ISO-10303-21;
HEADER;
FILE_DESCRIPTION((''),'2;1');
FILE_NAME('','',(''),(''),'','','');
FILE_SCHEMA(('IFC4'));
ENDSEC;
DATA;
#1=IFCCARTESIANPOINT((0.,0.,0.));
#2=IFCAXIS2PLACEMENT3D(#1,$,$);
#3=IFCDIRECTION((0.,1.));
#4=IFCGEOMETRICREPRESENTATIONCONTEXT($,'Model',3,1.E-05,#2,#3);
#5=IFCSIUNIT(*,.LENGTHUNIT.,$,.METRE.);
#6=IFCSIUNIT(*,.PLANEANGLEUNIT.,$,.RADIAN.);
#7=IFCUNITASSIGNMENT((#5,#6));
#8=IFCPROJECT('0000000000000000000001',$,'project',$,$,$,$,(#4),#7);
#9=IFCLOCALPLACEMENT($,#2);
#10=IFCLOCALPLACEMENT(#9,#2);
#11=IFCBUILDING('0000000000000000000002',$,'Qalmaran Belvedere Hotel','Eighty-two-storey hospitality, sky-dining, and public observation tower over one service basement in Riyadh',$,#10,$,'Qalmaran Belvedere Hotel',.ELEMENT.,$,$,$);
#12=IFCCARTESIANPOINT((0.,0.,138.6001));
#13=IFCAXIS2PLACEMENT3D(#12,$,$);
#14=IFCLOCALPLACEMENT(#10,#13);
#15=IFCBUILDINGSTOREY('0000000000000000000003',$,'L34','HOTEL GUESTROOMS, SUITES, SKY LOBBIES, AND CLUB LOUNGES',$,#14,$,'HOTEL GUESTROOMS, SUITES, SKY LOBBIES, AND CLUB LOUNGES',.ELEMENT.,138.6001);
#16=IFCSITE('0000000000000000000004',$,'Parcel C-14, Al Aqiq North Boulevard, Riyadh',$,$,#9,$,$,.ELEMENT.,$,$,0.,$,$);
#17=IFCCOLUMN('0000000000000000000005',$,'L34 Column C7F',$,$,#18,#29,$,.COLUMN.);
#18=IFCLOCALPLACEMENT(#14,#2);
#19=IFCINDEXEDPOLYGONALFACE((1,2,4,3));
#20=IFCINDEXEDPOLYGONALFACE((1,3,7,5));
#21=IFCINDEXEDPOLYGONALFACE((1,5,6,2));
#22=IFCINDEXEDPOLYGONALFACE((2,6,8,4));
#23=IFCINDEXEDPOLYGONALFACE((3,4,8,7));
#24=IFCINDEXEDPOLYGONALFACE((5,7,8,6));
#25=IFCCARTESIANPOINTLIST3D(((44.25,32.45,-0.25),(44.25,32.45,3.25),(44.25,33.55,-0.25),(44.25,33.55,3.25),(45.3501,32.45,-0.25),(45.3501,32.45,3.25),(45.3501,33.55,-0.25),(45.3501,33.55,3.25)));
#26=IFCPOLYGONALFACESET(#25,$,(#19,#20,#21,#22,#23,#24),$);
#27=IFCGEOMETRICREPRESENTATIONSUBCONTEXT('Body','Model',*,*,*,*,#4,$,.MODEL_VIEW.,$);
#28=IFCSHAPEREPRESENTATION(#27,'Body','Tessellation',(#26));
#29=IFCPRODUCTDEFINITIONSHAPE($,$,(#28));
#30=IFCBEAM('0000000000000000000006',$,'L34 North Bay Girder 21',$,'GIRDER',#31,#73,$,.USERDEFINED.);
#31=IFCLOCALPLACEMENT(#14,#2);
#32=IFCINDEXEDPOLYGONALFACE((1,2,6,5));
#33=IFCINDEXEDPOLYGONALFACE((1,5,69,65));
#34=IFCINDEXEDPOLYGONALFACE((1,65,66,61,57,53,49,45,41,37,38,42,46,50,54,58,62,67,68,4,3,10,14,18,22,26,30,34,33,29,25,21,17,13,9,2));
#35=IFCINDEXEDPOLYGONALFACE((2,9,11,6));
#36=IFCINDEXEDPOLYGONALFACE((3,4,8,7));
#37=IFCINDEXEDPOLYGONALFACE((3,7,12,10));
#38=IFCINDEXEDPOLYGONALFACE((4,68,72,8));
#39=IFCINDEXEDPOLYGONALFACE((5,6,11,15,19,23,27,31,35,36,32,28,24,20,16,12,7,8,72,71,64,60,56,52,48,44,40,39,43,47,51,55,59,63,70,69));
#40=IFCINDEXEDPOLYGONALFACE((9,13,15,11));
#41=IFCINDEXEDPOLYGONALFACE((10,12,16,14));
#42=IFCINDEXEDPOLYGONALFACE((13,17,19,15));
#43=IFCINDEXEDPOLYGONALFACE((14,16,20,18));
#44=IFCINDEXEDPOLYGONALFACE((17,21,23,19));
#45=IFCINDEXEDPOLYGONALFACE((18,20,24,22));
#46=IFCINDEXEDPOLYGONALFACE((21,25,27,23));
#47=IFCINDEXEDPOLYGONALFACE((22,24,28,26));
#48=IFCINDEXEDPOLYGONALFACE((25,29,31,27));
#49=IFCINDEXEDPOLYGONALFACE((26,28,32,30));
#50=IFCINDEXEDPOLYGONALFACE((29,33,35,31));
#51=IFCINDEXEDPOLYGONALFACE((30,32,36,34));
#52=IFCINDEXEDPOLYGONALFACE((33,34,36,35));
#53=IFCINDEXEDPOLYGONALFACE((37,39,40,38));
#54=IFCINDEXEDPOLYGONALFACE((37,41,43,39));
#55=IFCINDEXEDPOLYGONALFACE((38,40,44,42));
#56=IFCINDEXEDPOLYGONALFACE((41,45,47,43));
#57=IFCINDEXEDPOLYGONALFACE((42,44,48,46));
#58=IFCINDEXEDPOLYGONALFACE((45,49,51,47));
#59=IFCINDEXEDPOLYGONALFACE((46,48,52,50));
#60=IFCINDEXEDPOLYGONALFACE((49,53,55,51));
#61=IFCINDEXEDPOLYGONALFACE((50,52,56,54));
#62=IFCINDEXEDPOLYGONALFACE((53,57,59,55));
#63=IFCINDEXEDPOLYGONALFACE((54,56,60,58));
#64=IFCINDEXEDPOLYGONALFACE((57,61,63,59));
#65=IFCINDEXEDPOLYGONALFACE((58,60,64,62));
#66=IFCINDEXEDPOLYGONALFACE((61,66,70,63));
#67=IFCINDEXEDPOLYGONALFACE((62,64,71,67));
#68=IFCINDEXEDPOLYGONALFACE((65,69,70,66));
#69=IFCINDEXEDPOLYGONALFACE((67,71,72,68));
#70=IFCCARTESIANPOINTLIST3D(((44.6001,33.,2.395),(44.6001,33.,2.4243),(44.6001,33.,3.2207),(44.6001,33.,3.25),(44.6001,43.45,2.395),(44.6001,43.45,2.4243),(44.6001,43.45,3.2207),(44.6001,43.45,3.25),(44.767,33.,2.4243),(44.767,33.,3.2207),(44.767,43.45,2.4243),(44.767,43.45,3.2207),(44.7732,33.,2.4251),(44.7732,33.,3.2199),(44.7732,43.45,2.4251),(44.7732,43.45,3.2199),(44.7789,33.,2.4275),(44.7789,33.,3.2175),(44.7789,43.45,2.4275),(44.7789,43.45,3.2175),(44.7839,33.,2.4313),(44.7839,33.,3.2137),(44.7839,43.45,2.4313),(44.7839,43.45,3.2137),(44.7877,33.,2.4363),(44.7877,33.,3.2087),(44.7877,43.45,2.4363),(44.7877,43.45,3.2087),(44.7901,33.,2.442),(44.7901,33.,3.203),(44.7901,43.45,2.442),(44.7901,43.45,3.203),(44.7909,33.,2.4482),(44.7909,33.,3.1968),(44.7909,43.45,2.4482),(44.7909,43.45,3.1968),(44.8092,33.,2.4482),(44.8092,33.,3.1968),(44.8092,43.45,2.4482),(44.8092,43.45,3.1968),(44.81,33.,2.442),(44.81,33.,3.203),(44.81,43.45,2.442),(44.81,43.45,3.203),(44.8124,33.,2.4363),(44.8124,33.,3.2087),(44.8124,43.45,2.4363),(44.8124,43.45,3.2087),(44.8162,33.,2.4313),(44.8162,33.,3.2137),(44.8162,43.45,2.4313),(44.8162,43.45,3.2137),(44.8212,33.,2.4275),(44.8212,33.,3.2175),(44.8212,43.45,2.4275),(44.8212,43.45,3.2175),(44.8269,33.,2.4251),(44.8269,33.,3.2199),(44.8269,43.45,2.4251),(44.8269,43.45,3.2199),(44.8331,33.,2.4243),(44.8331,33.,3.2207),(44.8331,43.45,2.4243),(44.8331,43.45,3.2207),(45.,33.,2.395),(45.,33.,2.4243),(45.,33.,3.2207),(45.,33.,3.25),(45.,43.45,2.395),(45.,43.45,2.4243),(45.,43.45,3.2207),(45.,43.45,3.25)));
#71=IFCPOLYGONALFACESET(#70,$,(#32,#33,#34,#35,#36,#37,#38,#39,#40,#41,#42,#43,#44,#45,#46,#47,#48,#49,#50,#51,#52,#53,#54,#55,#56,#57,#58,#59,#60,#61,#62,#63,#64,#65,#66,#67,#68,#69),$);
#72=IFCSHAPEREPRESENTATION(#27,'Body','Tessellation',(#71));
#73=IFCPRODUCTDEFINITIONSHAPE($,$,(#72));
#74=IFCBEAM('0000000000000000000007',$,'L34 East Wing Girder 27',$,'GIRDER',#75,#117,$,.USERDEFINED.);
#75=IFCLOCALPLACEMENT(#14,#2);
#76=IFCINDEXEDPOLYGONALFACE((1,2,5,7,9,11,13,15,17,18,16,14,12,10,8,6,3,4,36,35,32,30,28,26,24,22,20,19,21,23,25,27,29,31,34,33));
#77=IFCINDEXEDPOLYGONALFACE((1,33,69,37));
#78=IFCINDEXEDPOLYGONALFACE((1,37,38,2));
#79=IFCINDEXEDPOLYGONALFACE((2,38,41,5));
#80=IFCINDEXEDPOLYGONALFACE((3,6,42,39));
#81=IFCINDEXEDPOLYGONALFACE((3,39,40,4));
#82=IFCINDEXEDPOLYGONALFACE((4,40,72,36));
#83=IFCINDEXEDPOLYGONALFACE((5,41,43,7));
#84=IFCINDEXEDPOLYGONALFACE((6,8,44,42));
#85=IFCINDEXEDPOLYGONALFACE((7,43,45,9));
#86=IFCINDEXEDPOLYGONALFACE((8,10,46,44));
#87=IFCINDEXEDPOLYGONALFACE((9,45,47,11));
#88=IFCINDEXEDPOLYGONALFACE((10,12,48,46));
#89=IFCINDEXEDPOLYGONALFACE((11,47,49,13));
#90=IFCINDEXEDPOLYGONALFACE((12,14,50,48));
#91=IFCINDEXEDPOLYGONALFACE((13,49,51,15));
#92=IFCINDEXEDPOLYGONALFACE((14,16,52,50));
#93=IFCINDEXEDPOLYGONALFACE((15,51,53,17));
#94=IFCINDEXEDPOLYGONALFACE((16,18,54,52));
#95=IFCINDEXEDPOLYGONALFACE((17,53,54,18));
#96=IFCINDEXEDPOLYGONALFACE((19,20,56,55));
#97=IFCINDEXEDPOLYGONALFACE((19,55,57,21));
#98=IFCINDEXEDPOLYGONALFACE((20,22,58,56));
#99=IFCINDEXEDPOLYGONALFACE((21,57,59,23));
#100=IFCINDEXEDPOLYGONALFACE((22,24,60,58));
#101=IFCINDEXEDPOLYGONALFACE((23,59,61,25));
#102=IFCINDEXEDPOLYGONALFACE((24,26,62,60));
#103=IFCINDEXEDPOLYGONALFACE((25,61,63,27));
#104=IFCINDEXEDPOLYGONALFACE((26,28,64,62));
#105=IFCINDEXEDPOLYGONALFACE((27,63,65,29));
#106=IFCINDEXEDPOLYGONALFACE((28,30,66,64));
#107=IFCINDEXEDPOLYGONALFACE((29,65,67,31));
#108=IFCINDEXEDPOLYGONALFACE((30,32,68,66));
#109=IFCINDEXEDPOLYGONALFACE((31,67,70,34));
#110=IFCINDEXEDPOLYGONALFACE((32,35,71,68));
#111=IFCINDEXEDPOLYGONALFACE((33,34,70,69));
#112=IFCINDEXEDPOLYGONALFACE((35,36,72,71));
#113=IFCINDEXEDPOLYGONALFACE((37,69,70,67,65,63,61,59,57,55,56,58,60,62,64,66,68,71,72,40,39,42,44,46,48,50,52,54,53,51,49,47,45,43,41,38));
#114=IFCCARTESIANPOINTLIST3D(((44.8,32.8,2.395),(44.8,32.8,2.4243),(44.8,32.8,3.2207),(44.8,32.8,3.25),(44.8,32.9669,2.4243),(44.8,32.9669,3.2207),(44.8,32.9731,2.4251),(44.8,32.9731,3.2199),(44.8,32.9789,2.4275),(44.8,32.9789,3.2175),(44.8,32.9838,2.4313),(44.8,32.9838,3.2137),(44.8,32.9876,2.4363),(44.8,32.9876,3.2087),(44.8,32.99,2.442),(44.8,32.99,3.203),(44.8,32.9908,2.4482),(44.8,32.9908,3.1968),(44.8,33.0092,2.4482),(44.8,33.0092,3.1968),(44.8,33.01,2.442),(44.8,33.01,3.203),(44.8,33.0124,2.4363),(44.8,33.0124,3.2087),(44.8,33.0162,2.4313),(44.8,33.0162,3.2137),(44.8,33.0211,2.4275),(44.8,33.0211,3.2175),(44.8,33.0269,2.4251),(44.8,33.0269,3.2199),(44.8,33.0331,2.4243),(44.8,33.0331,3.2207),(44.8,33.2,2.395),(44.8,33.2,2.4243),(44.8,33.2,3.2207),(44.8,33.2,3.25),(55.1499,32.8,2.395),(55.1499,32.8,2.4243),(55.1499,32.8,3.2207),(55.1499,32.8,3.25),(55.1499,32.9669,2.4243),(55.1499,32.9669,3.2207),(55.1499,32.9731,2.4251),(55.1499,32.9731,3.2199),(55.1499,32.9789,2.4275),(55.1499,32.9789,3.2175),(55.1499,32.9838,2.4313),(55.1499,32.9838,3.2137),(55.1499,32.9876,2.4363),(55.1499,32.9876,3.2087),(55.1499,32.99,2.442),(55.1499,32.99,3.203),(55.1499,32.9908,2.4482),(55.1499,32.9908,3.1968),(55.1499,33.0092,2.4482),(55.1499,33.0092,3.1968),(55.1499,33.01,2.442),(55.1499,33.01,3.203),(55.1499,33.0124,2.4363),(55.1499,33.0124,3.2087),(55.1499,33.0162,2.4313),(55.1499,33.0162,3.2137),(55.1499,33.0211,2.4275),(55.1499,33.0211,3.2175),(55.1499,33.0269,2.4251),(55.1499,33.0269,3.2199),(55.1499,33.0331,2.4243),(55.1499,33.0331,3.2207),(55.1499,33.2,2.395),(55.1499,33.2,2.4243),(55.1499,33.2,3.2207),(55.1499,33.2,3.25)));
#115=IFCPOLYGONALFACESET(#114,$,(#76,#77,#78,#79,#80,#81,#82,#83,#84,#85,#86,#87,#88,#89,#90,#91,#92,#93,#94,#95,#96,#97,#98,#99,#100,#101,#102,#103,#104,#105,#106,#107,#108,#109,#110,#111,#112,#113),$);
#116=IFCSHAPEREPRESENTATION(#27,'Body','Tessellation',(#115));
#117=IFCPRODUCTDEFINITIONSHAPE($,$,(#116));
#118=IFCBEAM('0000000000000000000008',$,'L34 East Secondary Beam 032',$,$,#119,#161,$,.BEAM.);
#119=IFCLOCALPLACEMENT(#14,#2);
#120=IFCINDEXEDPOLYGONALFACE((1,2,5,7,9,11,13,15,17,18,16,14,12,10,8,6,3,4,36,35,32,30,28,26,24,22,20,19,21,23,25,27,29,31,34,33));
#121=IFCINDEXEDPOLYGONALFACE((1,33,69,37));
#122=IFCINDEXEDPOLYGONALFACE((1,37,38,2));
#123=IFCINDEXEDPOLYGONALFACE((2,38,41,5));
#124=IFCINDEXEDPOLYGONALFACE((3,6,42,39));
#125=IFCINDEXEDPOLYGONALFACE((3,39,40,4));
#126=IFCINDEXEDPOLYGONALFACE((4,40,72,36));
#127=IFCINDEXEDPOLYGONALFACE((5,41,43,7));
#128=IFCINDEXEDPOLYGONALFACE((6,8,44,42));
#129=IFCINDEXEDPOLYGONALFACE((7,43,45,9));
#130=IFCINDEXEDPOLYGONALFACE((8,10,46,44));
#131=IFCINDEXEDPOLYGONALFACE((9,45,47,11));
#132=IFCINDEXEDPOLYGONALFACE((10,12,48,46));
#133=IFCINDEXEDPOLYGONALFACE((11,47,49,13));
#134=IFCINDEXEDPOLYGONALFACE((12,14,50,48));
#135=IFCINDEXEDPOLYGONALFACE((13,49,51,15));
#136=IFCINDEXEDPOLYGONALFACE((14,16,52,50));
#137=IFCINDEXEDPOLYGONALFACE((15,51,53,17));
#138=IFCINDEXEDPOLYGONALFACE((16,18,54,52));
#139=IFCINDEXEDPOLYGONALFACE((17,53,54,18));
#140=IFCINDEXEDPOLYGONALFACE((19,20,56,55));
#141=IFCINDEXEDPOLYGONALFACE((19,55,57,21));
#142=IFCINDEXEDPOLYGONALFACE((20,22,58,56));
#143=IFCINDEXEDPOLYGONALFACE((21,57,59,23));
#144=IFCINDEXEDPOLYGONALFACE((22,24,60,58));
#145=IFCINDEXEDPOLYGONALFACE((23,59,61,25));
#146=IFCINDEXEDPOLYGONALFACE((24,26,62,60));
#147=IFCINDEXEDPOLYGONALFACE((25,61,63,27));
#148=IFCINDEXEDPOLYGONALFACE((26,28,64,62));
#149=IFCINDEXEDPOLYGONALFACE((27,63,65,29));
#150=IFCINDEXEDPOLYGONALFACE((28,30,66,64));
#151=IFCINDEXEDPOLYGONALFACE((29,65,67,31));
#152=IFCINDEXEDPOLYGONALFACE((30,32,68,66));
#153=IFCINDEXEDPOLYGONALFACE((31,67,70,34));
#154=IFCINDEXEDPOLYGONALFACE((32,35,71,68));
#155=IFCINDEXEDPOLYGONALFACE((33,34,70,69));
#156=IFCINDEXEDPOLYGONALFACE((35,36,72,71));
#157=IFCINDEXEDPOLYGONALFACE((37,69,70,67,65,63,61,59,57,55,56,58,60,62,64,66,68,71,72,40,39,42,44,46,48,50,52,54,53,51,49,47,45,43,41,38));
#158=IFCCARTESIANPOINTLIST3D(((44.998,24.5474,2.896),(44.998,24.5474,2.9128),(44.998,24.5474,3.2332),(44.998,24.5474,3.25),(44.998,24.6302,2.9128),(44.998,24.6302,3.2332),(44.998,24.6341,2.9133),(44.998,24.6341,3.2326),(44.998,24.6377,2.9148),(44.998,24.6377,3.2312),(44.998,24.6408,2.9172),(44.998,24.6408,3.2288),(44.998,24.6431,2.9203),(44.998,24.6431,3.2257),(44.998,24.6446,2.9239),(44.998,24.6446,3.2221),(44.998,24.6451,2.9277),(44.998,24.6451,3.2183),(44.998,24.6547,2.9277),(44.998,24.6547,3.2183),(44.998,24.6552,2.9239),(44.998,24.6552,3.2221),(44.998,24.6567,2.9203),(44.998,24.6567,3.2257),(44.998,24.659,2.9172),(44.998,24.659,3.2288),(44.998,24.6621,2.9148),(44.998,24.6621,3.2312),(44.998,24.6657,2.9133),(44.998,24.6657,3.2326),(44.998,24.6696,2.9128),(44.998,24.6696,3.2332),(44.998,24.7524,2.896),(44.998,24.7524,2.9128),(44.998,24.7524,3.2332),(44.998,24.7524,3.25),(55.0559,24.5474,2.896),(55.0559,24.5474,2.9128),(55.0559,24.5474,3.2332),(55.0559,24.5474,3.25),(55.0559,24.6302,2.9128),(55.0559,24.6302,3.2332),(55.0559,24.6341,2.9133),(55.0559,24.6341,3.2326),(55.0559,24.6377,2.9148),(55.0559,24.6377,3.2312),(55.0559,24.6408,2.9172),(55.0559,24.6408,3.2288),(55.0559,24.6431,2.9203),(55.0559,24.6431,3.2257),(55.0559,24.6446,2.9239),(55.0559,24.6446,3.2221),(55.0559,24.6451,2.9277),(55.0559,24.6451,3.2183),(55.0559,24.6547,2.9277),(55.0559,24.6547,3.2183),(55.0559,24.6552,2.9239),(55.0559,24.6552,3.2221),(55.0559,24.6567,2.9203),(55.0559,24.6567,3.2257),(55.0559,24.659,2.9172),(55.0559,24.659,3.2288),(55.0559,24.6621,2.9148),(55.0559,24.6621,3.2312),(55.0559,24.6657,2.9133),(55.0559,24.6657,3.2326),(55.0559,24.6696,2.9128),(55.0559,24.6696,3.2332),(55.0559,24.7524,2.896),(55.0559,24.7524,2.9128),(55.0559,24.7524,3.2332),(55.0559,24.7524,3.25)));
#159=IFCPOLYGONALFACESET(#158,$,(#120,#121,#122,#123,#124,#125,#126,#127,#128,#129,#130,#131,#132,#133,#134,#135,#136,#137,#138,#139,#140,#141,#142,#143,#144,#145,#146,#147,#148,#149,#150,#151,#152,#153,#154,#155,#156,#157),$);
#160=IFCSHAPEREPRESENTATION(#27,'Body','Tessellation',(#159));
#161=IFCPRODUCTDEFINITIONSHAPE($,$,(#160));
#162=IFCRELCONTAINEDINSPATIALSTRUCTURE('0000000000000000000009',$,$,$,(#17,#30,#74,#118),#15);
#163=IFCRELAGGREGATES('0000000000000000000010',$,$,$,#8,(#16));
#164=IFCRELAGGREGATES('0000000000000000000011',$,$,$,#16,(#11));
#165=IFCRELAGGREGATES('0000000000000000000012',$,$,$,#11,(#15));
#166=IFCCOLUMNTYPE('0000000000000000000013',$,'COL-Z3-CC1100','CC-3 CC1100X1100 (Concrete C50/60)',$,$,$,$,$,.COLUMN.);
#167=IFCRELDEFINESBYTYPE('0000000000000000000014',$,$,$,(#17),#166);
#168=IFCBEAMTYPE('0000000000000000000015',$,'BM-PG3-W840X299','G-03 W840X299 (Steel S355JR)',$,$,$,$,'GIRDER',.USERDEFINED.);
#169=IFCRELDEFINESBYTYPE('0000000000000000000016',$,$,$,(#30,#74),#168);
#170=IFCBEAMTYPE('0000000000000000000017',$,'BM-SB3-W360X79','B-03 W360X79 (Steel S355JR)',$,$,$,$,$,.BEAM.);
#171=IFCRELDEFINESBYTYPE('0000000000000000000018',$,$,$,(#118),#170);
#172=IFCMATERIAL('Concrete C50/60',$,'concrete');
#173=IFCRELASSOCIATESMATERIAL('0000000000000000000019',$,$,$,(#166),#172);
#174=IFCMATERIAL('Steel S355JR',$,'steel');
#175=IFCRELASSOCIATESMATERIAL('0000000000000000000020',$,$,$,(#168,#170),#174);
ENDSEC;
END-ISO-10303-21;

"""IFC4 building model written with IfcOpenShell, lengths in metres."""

from ifc_helpers import new_model, si_unit, direction, frame, origin, origin_2d, place, context, subcontext, project, spatial, rectangle, i_section, extrude, material, material_profile, profile_set, type_object, element, save


model = new_model("IFC4")

# Units and contexts
model_context = context("Model", 3, precision=1e-05, world=origin(), true_north=direction((0.0, 1.0)))
body_context = subcontext(model_context, "Body", "Model", "MODEL_VIEW")
ifc_project = project(units=[si_unit("LENGTHUNIT", "METRE"), si_unit("PLANEANGLEUNIT", "RADIAN")], contexts=[model_context])

# Site, building, storey
site_placement = place(None, origin())
site = spatial("IfcSite", under=ifc_project, at=site_placement, Name="Parcel C-14, Al Aqiq North Boulevard, Riyadh", CompositionType="ELEMENT", RefElevation=0.0)
building_placement = place(site_placement, origin())
building = spatial("IfcBuilding", under=site, at=building_placement, Name="Qalmaran Belvedere Hotel", Description="Eighty-two-storey hospitality, sky-dining, and public observation tower over one service basement in Riyadh", LongName="Qalmaran Belvedere Hotel", CompositionType="ELEMENT")
storey_placement = place(building_placement, frame((0.0, 0.0, 138.6001)))
storey = spatial("IfcBuildingStorey", under=building, at=storey_placement, Name="L34", Description="HOTEL GUESTROOMS, SUITES, SKY LOBBIES, AND CLUB LOUNGES", LongName="HOTEL GUESTROOMS, SUITES, SKY LOBBIES, AND CLUB LOUNGES", CompositionType="ELEMENT", Elevation=138.6001)

# Column
ifc_material_1 = material(Name="Concrete C50/60", Category="concrete")
ifc_material_profile_1 = material_profile(ifc_material_1, rectangle(XDim=1.1001, YDim=1.1001, at=origin_2d()), Name="CC1100X1100")
ifc_profile_set_1 = profile_set([ifc_material_profile_1], Name="Concrete C50/60")
column_type = type_object("IfcColumnType", Name="COL-Z3-CC1100", Description="CC-3 CC1100X1100 (Concrete C50/60)", PredefinedType="COLUMN", material=ifc_profile_set_1)
column_placement = place(storey_placement, frame((44.8, 33.0, -0.25), z_axis=(0.0, 0.0, 1.0), x_axis=(1.0, 0.0, 0.0)))
element("IfcColumn", 1, at=column_placement, inside=storey, type_object=column_type, Name="L34 Column C7F", PredefinedType="COLUMN", context=body_context, shape_type="SweptSolid", body=[
    extrude(rectangle(XDim=1.1001, YDim=1.1001, at=origin_2d()), origin(), (0.0, 0.0, 1.0), 3.5),
])

# Beams
ifc_material_2 = material(Name="Steel S355JR", Category="steel")
ifc_material_profile_2 = material_profile(ifc_material_2, i_section(OverallWidth=0.3999, OverallDepth=0.855, WebThickness=0.0183, FlangeThickness=0.0293, FilletRadius=0.0239, at=origin_2d()), Name="W840X299")
ifc_profile_set_2 = profile_set([ifc_material_profile_2], Name="Steel S355JR")
beam_type_1 = type_object("IfcBeamType", Name="BM-PG3-W840X299", Description="G-03 W840X299 (Steel S355JR)", ElementType="GIRDER", PredefinedType="USERDEFINED", material=ifc_profile_set_2)
beam_1_placement = place(storey_placement, frame((44.8, 33.0, 2.8225), z_axis=(0.0, 1.0, 0.0), x_axis=(-1.0, 0.0, 0.0)))
element("IfcBeam", 2, at=beam_1_placement, inside=storey, type_object=beam_type_1, Name="L34 North Bay Girder 21", ObjectType="GIRDER", PredefinedType="USERDEFINED", context=body_context, shape_type="SweptSolid", body=[
    extrude(i_section(OverallWidth=0.3999, OverallDepth=0.855, WebThickness=0.0183, FlangeThickness=0.0293, FilletRadius=0.0239, at=origin_2d()), origin(), (0.0, 0.0, 1.0), 10.45),
])
beam_2_placement = place(storey_placement, frame((44.8, 33.0, 2.8225), z_axis=(1.0, 0.0, 0.0), x_axis=(0.0, 1.0, 0.0)))
element("IfcBeam", 3, at=beam_2_placement, inside=storey, type_object=beam_type_1, Name="L34 East Wing Girder 27", ObjectType="GIRDER", PredefinedType="USERDEFINED", context=body_context, shape_type="SweptSolid", body=[
    extrude(i_section(OverallWidth=0.3999, OverallDepth=0.855, WebThickness=0.0183, FlangeThickness=0.0293, FilletRadius=0.0239, at=origin_2d()), origin(), (0.0, 0.0, 1.0), 10.3499),
])
ifc_material_profile_3 = material_profile(ifc_material_2, i_section(OverallWidth=0.2051, OverallDepth=0.354, WebThickness=0.0095, FlangeThickness=0.0168, FilletRadius=0.0149, at=origin_2d()), Name="W360X79")
ifc_profile_set_3 = profile_set([ifc_material_profile_3], Name="Steel S355JR")
beam_type_2 = type_object("IfcBeamType", Name="BM-SB3-W360X79", Description="B-03 W360X79 (Steel S355JR)", PredefinedType="BEAM", material=ifc_profile_set_3)
for number, where, z_axis, x_axis, name in (
    (4, (44.998, 24.6499, 3.073), (1.0, 0.0, 0.0), (0.0, 1.0, 0.0), "L34 East Secondary Beam 032"),
):
    element("IfcBeam", number, at=place(storey_placement, frame(where, z_axis=z_axis, x_axis=x_axis)), inside=storey, type_object=beam_type_2, Name=name, PredefinedType="BEAM", context=body_context, shape_type="SweptSolid", body=[
        extrude(i_section(OverallWidth=0.2051, OverallDepth=0.354, WebThickness=0.0095, FlangeThickness=0.0168, FilletRadius=0.0149, at=origin_2d()), origin(), (0.0, 0.0, 1.0), 10.0579),
    ])

save(model, "model.ifc")
